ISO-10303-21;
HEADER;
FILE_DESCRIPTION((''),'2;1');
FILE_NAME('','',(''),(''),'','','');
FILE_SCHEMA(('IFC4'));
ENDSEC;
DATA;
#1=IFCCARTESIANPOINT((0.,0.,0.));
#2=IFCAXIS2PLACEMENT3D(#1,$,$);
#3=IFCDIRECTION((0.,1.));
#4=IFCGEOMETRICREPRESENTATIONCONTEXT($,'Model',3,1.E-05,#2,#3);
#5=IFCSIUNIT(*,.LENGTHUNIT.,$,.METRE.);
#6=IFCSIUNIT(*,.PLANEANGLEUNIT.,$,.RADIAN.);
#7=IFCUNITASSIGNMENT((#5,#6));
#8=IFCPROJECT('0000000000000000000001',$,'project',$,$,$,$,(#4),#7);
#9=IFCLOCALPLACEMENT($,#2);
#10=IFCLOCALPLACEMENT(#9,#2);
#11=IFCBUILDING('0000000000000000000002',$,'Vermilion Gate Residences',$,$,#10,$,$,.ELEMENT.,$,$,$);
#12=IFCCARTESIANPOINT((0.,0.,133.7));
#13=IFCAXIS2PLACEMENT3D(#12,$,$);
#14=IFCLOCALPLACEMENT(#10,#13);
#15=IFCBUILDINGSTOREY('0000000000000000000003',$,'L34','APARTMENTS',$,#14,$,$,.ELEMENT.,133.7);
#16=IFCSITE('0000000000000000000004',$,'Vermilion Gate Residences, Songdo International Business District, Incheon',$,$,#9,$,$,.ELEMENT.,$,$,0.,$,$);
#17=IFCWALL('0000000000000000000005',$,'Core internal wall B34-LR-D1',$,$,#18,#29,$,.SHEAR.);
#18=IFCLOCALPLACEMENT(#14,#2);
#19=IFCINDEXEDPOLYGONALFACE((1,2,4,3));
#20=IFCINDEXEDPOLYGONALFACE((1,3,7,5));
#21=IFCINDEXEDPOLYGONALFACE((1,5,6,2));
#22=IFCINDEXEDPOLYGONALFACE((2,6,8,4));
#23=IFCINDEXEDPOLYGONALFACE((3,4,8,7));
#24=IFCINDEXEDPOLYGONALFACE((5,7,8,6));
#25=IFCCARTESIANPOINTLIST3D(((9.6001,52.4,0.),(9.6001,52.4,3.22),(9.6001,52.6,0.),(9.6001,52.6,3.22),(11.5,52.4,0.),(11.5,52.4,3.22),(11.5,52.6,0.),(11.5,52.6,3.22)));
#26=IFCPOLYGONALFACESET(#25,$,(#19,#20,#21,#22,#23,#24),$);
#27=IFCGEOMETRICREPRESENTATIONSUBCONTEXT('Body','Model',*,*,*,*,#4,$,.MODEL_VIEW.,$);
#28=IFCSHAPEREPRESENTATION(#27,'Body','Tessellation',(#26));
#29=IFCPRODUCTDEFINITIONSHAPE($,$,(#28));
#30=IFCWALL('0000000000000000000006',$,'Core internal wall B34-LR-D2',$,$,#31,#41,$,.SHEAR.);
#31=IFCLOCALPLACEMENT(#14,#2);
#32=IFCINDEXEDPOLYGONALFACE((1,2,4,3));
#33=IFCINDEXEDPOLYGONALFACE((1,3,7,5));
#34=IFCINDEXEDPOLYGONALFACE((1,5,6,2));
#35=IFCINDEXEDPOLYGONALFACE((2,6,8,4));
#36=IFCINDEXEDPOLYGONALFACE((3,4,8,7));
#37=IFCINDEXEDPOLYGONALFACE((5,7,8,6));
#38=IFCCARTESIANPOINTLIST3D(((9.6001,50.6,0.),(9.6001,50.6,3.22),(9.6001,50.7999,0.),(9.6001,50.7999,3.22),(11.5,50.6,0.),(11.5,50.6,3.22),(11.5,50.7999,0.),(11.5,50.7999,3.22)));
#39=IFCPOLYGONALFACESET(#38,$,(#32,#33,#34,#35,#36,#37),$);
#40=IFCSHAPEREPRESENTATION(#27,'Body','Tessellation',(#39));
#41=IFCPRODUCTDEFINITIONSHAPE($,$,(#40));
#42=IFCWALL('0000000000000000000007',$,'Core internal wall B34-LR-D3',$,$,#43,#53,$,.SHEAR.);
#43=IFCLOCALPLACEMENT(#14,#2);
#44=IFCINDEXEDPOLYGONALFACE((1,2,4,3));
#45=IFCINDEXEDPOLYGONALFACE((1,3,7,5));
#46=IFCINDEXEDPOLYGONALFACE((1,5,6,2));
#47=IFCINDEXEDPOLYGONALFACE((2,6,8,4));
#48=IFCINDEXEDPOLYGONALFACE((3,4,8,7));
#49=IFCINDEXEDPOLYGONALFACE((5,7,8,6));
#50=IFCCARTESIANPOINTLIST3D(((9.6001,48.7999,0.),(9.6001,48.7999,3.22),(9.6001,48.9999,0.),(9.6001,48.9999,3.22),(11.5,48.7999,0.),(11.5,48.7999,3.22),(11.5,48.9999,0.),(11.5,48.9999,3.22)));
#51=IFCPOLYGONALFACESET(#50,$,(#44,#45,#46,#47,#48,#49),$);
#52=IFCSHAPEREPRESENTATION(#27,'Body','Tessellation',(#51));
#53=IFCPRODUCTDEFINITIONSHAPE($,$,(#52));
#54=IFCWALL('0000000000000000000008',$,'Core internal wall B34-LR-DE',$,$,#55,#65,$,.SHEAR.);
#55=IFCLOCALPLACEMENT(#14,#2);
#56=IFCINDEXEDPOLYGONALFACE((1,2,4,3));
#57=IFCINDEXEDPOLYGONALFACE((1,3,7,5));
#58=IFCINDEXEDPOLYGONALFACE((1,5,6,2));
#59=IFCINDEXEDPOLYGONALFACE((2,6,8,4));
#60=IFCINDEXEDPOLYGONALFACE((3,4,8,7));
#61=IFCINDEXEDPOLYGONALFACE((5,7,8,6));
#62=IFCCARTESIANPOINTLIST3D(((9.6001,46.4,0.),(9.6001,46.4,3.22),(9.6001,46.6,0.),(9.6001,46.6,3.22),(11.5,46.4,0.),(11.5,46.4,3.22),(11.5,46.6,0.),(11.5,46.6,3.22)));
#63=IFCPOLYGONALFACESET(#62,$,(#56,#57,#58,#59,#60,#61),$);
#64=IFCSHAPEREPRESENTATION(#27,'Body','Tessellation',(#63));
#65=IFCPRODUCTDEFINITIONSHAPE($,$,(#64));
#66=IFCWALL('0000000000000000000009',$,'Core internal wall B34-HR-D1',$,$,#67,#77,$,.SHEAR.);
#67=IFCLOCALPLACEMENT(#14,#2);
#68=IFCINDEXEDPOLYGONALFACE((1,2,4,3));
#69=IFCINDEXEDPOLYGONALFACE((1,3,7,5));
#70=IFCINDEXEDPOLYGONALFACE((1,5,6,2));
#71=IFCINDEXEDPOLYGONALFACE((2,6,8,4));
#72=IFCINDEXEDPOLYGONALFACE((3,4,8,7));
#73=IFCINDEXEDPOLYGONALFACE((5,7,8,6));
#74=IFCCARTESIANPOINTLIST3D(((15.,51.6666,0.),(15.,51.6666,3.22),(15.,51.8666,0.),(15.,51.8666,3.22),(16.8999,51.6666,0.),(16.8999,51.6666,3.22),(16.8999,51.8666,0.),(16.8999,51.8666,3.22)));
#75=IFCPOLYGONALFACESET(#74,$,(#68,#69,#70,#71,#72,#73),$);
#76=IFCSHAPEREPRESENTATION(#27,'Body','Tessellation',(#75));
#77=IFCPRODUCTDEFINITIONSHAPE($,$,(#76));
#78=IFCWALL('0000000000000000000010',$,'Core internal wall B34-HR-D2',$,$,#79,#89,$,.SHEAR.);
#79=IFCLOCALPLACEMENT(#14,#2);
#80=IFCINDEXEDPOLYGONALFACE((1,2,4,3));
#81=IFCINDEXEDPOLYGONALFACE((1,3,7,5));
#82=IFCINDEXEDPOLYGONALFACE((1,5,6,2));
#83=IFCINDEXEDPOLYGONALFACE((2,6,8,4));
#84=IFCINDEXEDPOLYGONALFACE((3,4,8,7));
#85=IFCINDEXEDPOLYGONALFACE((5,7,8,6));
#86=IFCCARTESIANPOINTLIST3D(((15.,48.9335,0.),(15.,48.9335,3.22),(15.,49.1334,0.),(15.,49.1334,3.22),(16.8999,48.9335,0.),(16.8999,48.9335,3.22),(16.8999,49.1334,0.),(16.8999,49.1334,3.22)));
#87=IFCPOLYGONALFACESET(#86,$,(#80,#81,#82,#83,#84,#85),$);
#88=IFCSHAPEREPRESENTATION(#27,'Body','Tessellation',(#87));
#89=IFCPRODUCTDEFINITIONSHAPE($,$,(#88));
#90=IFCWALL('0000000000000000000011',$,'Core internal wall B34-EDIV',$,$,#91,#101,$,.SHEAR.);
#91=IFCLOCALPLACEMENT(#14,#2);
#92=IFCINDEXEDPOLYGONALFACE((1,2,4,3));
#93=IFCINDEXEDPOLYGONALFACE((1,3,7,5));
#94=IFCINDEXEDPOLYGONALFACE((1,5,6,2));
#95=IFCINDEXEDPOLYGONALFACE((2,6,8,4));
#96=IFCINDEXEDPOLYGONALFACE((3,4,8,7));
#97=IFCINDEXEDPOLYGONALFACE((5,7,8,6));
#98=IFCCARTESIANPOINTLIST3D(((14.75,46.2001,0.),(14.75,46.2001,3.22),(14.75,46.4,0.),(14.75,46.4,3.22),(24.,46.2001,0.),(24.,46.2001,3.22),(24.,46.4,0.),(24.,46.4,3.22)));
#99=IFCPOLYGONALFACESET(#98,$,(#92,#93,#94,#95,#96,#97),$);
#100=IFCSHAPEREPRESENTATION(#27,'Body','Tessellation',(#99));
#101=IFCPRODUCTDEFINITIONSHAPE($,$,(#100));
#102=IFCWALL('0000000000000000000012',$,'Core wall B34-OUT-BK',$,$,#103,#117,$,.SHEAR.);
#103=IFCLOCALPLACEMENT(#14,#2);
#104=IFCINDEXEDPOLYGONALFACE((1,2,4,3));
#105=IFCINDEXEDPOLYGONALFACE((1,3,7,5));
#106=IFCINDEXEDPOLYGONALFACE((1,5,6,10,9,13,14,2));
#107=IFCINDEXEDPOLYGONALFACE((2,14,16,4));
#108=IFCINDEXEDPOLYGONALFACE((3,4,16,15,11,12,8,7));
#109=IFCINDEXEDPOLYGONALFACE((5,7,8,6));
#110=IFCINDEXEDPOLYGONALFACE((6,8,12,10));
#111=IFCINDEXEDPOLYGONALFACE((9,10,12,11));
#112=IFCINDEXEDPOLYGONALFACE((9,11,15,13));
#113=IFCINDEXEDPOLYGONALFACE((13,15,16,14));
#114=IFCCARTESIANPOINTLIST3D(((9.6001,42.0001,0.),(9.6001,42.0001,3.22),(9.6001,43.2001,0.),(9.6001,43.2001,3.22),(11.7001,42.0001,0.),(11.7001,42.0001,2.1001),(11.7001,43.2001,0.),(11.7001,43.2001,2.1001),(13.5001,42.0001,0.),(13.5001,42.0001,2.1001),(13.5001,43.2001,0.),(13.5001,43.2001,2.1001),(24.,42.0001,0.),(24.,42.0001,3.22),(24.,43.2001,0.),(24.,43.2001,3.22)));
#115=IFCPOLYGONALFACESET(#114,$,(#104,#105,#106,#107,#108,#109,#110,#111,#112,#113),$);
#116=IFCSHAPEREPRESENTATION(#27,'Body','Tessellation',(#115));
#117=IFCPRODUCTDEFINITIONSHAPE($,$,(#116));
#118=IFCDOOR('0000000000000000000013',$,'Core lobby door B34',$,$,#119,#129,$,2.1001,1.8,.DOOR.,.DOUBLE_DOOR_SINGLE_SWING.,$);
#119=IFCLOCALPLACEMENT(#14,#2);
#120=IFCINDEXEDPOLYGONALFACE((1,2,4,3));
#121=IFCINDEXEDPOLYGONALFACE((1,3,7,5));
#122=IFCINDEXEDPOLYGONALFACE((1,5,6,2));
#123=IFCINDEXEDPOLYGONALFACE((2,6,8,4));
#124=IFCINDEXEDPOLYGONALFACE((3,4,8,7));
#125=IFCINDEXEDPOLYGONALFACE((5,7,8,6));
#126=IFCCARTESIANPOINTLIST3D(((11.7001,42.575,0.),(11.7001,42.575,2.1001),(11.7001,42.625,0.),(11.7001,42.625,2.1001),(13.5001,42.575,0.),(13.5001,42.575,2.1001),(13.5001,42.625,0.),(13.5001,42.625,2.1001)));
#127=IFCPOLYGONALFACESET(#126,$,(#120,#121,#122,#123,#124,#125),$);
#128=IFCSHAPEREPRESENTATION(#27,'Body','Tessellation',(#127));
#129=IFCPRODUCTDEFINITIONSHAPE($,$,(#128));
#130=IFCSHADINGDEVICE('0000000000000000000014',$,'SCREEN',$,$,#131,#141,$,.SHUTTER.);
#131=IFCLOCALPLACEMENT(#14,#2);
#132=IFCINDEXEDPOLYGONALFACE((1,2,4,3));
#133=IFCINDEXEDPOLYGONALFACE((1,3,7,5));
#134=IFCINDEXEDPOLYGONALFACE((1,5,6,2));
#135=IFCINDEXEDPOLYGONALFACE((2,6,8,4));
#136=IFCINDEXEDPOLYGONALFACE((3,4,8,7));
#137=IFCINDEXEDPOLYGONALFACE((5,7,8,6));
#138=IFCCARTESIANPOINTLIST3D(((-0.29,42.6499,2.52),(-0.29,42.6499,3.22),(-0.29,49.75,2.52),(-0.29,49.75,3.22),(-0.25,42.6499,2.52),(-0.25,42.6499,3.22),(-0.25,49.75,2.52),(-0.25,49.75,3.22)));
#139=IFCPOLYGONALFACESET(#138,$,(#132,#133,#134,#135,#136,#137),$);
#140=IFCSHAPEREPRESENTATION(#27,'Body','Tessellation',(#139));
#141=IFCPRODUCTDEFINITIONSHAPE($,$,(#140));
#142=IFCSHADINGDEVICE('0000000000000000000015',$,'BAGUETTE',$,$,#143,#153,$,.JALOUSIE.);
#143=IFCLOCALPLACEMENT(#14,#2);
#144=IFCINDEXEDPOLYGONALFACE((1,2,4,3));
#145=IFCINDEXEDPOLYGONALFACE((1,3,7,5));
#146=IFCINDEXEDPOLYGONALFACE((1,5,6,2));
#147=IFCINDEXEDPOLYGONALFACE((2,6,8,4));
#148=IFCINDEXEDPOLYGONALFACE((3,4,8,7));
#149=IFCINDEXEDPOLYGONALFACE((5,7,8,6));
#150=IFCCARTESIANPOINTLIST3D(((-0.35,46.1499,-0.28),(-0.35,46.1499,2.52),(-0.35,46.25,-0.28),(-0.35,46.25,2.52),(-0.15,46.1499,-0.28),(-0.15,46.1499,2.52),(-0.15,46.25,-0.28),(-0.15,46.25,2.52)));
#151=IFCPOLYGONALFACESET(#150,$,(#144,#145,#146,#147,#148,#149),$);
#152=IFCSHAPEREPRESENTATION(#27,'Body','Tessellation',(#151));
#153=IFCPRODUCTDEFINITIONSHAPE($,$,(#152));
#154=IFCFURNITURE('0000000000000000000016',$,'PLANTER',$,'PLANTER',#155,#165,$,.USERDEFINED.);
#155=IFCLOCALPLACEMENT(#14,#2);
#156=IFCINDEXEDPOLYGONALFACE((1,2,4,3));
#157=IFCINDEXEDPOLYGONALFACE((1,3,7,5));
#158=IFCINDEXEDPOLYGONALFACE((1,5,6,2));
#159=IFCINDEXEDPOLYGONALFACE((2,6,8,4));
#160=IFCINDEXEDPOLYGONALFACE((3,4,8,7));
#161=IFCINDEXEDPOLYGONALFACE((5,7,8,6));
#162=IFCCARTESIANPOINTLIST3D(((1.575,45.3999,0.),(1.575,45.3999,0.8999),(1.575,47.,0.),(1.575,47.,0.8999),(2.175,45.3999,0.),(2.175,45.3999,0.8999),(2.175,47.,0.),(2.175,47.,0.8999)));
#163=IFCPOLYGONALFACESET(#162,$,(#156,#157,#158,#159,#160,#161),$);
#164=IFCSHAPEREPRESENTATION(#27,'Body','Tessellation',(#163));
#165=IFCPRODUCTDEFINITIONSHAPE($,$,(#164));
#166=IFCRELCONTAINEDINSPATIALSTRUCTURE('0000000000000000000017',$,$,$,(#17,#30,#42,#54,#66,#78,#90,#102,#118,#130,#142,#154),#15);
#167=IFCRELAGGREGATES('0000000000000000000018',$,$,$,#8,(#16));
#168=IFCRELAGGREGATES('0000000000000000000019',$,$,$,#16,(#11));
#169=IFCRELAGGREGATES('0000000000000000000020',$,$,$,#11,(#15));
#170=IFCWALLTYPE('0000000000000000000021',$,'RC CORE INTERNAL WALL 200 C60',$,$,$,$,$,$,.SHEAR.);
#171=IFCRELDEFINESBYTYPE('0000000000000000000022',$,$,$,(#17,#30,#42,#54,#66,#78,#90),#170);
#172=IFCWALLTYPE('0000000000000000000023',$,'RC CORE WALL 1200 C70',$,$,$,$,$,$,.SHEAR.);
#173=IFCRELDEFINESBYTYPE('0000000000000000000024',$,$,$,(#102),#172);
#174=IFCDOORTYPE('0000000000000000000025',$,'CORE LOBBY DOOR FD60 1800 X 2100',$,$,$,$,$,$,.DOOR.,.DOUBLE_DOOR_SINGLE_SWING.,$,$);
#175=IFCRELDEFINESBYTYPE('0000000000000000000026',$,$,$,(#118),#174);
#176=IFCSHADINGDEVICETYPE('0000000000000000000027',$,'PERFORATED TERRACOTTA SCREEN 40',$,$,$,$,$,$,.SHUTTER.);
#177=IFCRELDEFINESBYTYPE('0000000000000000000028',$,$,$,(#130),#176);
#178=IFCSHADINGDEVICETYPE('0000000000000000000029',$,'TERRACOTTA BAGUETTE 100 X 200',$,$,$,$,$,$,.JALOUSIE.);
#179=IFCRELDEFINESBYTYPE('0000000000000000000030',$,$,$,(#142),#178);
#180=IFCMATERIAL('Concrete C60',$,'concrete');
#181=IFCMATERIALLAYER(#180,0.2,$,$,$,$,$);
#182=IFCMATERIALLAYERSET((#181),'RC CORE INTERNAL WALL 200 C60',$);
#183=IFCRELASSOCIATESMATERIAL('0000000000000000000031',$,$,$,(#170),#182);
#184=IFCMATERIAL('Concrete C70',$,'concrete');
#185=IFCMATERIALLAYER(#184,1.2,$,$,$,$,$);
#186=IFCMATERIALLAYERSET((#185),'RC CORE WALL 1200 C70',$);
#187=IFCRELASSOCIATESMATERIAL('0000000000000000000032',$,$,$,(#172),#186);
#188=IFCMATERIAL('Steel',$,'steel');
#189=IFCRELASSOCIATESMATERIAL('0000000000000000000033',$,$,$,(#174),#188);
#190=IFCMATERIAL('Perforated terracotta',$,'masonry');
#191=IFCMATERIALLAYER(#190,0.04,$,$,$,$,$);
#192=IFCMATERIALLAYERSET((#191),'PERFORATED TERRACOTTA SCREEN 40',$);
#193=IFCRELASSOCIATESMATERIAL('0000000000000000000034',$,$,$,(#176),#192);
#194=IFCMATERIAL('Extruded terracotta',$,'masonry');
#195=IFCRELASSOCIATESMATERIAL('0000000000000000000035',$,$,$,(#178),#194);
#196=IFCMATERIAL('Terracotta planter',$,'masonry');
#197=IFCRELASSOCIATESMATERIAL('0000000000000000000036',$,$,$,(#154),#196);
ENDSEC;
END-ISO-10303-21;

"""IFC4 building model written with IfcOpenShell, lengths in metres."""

from ifc_helpers import new_model, si_unit, direction, frame, frame_2d, origin, origin_2d, place, context, subcontext, project, spatial, rectangle, extrude, material, layer, layer_set, material_profile, profile_set, type_object, element, fill, save


model = new_model("IFC4")

# Units and contexts
model_context = context("Model", 3, precision=1e-05, world=origin(), true_north=direction((0.0, 1.0)))
body_context = subcontext(model_context, "Body", "Model", "MODEL_VIEW")
ifc_project = project(units=[si_unit("LENGTHUNIT", "METRE"), si_unit("PLANEANGLEUNIT", "RADIAN")], contexts=[model_context])

# Site, building, storey
site_placement = place(None, origin())
site = spatial("IfcSite", under=ifc_project, at=site_placement, Name="Vermilion Gate Residences, Songdo International Business District, Incheon", CompositionType="ELEMENT", RefElevation=0.0)
building_placement = place(site_placement, origin())
building = spatial("IfcBuilding", under=site, at=building_placement, Name="Vermilion Gate Residences", CompositionType="ELEMENT")
storey_placement = place(building_placement, frame((0.0, 0.0, 133.7)))
storey = spatial("IfcBuildingStorey", under=building, at=storey_placement, Name="L34", Description="APARTMENTS", CompositionType="ELEMENT", Elevation=133.7)

# Walls
ifc_material_1 = material(Name="Concrete C60", Category="concrete")
ifc_layer_1 = layer(ifc_material_1, 0.2)
ifc_layer_set_1 = layer_set([ifc_layer_1], Name="RC CORE INTERNAL WALL 200 C60")
wall_type_1 = type_object("IfcWallType", Name="RC CORE INTERNAL WALL 200 C60", PredefinedType="SHEAR", material=ifc_layer_set_1)
for number, where, z_axis, x_axis, name in (
    (1, (9.6001, 52.5, 0.0), (0.0, 0.0, 1.0), (1.0, 0.0, 0.0), "Core internal wall B34-LR-D1"),
    (2, (9.6001, 50.7, 0.0), (0.0, 0.0, 1.0), (1.0, 0.0, 0.0), "Core internal wall B34-LR-D2"),
    (3, (9.6001, 48.8999, 0.0), (0.0, 0.0, 1.0), (1.0, 0.0, 0.0), "Core internal wall B34-LR-D3"),
    (4, (9.6001, 46.5, 0.0), (0.0, 0.0, 1.0), (1.0, 0.0, 0.0), "Core internal wall B34-LR-DE"),
    (5, (15.0, 51.7666, 0.0), (0.0, 0.0, 1.0), (1.0, 0.0, 0.0), "Core internal wall B34-HR-D1"),
    (6, (15.0, 49.0334, 0.0), (0.0, 0.0, 1.0), (1.0, 0.0, 0.0), "Core internal wall B34-HR-D2"),
):
    element("IfcWall", number, at=place(storey_placement, frame(where, z_axis=z_axis, x_axis=x_axis)), inside=storey, type_object=wall_type_1, Name=name, PredefinedType="SHEAR", context=body_context, shape_type="SweptSolid", body=[
        extrude(rectangle(XDim=1.8999, YDim=0.2, at=frame_2d((0.95, 0.0))), origin(), (0.0, 0.0, 1.0), 3.22),
    ])
wall_1_placement = place(storey_placement, frame((14.75, 46.3, 0.0), z_axis=(0.0, 0.0, 1.0), x_axis=(1.0, 0.0, 0.0)))
element("IfcWall", 7, at=wall_1_placement, inside=storey, type_object=wall_type_1, Name="Core internal wall B34-EDIV", PredefinedType="SHEAR", context=body_context, shape_type="SweptSolid", body=[
    extrude(rectangle(XDim=9.25, YDim=0.2, at=frame_2d((4.625, 0.0))), origin(), (0.0, 0.0, 1.0), 3.22),
])

# Wall, opening, door
ifc_material_2 = material(Name="Concrete C70", Category="concrete")
ifc_layer_2 = layer(ifc_material_2, 1.2)
ifc_layer_set_2 = layer_set([ifc_layer_2], Name="RC CORE WALL 1200 C70")
wall_type_2 = type_object("IfcWallType", Name="RC CORE WALL 1200 C70", PredefinedType="SHEAR", material=ifc_layer_set_2)
wall_2_placement = place(storey_placement, frame((9.6001, 42.6001, 0.0), z_axis=(0.0, 0.0, 1.0), x_axis=(1.0, 0.0, 0.0)))
wall_2 = element("IfcWall", 8, at=wall_2_placement, inside=storey, type_object=wall_type_2, Name="Core wall B34-OUT-BK", PredefinedType="SHEAR", context=body_context, shape_type="SweptSolid", body=[
    extrude(rectangle(XDim=14.3999, YDim=1.2, at=frame_2d((7.2, 0.0))), origin(), (0.0, 0.0, 1.0), 3.22),
])
opening_1_placement = place(wall_2_placement, frame((2.1001, 0.0, 0.0)))
opening_1 = element("IfcOpeningElement", 9, at=opening_1_placement, cuts=wall_2, PredefinedType="OPENING", context=body_context, shape_type="SweptSolid", body=[
    extrude(rectangle(XDim=1.8, YDim=2.1001, at=frame_2d((0.8999, 1.05))), frame((0.0, 0.6099, 0.0), z_axis=(0.0, -1.0, 0.0), x_axis=(1.0, 0.0, 0.0)), (0.0, 0.0, 1.0), 1.22),
])
ifc_material_3 = material(Name="Steel", Category="steel")
door_type_1 = type_object("IfcDoorType", Name="CORE LOBBY DOOR FD60 1800 X 2100", OperationType="DOUBLE_DOOR_SINGLE_SWING", PredefinedType="DOOR", material=ifc_material_3)
door_1_placement = place(opening_1_placement, origin())
door_1 = element("IfcDoor", 10, at=door_1_placement, inside=storey, type_object=door_type_1, Name="Core lobby door B34", OperationType="DOUBLE_DOOR_SINGLE_SWING", OverallHeight=2.1001, OverallWidth=1.8, PredefinedType="DOOR", context=body_context, shape_type="SweptSolid", body=[
    extrude(rectangle(XDim=1.8, YDim=2.1001, at=frame_2d((0.8999, 1.05))), frame((0.0, 0.0249, 0.0), z_axis=(0.0, -1.0, 0.0), x_axis=(1.0, 0.0, 0.0)), (0.0, 0.0, 1.0), 0.05),
])
fill(opening_1, door_1)

# Shading devices
ifc_material_4 = material(Name="Perforated terracotta", Category="masonry")
ifc_layer_3 = layer(ifc_material_4, 0.04)
ifc_layer_set_3 = layer_set([ifc_layer_3], Name="PERFORATED TERRACOTTA SCREEN 40")
shading_device_type_1 = type_object("IfcShadingDeviceType", Name="PERFORATED TERRACOTTA SCREEN 40", PredefinedType="SHUTTER", material=ifc_layer_set_3)
shading_device_1_placement = place(storey_placement, frame((-0.27, 46.2, 2.52), z_axis=(0.0, 0.0, 1.0), x_axis=(0.0, -1.0, 0.0)))
element("IfcShadingDevice", 11, at=shading_device_1_placement, inside=storey, type_object=shading_device_type_1, Name="SCREEN", PredefinedType="SHUTTER", context=body_context, shape_type="SweptSolid", body=[
    extrude(rectangle(XDim=7.1001, YDim=0.04, at=origin_2d()), origin(), (0.0, 0.0, 1.0), 0.7),
])
ifc_material_5 = material(Name="Extruded terracotta", Category="masonry")
ifc_material_profile_1 = material_profile(ifc_material_5, rectangle(XDim=0.2, YDim=0.1001, at=origin_2d()), Name="BAGUETTE 100 X 200")
ifc_profile_set_1 = profile_set([ifc_material_profile_1], Name="Extruded terracotta")
shading_device_type_2 = type_object("IfcShadingDeviceType", Name="TERRACOTTA BAGUETTE 100 X 200", PredefinedType="JALOUSIE", material=ifc_profile_set_1)
shading_device_2_placement = place(storey_placement, frame((-0.25, 46.2, -0.28), z_axis=(0.0, 0.0, 1.0), x_axis=(1.0, 0.0, 0.0)))
element("IfcShadingDevice", 12, at=shading_device_2_placement, inside=storey, type_object=shading_device_type_2, Name="BAGUETTE", PredefinedType="JALOUSIE", context=body_context, shape_type="SweptSolid", body=[
    extrude(rectangle(XDim=0.2, YDim=0.1001, at=origin_2d()), origin(), (0.0, 0.0, 1.0), 2.8),
])

# Furniture
ifc_material_6 = material(Name="Terracotta planter", Category="masonry")
furniture_placement = place(storey_placement, frame((1.875, 46.2, 0.0), z_axis=(0.0, 0.0, 1.0), x_axis=(0.0, -1.0, 0.0)))
element("IfcFurniture", 13, at=furniture_placement, inside=storey, material=ifc_material_6, Name="PLANTER", ObjectType="PLANTER", PredefinedType="USERDEFINED", context=body_context, shape_type="SweptSolid", body=[
    extrude(rectangle(XDim=1.6001, YDim=0.6001, at=origin_2d()), origin(), (0.0, 0.0, 1.0), 0.8999),
])

save(model, "model.ifc")
